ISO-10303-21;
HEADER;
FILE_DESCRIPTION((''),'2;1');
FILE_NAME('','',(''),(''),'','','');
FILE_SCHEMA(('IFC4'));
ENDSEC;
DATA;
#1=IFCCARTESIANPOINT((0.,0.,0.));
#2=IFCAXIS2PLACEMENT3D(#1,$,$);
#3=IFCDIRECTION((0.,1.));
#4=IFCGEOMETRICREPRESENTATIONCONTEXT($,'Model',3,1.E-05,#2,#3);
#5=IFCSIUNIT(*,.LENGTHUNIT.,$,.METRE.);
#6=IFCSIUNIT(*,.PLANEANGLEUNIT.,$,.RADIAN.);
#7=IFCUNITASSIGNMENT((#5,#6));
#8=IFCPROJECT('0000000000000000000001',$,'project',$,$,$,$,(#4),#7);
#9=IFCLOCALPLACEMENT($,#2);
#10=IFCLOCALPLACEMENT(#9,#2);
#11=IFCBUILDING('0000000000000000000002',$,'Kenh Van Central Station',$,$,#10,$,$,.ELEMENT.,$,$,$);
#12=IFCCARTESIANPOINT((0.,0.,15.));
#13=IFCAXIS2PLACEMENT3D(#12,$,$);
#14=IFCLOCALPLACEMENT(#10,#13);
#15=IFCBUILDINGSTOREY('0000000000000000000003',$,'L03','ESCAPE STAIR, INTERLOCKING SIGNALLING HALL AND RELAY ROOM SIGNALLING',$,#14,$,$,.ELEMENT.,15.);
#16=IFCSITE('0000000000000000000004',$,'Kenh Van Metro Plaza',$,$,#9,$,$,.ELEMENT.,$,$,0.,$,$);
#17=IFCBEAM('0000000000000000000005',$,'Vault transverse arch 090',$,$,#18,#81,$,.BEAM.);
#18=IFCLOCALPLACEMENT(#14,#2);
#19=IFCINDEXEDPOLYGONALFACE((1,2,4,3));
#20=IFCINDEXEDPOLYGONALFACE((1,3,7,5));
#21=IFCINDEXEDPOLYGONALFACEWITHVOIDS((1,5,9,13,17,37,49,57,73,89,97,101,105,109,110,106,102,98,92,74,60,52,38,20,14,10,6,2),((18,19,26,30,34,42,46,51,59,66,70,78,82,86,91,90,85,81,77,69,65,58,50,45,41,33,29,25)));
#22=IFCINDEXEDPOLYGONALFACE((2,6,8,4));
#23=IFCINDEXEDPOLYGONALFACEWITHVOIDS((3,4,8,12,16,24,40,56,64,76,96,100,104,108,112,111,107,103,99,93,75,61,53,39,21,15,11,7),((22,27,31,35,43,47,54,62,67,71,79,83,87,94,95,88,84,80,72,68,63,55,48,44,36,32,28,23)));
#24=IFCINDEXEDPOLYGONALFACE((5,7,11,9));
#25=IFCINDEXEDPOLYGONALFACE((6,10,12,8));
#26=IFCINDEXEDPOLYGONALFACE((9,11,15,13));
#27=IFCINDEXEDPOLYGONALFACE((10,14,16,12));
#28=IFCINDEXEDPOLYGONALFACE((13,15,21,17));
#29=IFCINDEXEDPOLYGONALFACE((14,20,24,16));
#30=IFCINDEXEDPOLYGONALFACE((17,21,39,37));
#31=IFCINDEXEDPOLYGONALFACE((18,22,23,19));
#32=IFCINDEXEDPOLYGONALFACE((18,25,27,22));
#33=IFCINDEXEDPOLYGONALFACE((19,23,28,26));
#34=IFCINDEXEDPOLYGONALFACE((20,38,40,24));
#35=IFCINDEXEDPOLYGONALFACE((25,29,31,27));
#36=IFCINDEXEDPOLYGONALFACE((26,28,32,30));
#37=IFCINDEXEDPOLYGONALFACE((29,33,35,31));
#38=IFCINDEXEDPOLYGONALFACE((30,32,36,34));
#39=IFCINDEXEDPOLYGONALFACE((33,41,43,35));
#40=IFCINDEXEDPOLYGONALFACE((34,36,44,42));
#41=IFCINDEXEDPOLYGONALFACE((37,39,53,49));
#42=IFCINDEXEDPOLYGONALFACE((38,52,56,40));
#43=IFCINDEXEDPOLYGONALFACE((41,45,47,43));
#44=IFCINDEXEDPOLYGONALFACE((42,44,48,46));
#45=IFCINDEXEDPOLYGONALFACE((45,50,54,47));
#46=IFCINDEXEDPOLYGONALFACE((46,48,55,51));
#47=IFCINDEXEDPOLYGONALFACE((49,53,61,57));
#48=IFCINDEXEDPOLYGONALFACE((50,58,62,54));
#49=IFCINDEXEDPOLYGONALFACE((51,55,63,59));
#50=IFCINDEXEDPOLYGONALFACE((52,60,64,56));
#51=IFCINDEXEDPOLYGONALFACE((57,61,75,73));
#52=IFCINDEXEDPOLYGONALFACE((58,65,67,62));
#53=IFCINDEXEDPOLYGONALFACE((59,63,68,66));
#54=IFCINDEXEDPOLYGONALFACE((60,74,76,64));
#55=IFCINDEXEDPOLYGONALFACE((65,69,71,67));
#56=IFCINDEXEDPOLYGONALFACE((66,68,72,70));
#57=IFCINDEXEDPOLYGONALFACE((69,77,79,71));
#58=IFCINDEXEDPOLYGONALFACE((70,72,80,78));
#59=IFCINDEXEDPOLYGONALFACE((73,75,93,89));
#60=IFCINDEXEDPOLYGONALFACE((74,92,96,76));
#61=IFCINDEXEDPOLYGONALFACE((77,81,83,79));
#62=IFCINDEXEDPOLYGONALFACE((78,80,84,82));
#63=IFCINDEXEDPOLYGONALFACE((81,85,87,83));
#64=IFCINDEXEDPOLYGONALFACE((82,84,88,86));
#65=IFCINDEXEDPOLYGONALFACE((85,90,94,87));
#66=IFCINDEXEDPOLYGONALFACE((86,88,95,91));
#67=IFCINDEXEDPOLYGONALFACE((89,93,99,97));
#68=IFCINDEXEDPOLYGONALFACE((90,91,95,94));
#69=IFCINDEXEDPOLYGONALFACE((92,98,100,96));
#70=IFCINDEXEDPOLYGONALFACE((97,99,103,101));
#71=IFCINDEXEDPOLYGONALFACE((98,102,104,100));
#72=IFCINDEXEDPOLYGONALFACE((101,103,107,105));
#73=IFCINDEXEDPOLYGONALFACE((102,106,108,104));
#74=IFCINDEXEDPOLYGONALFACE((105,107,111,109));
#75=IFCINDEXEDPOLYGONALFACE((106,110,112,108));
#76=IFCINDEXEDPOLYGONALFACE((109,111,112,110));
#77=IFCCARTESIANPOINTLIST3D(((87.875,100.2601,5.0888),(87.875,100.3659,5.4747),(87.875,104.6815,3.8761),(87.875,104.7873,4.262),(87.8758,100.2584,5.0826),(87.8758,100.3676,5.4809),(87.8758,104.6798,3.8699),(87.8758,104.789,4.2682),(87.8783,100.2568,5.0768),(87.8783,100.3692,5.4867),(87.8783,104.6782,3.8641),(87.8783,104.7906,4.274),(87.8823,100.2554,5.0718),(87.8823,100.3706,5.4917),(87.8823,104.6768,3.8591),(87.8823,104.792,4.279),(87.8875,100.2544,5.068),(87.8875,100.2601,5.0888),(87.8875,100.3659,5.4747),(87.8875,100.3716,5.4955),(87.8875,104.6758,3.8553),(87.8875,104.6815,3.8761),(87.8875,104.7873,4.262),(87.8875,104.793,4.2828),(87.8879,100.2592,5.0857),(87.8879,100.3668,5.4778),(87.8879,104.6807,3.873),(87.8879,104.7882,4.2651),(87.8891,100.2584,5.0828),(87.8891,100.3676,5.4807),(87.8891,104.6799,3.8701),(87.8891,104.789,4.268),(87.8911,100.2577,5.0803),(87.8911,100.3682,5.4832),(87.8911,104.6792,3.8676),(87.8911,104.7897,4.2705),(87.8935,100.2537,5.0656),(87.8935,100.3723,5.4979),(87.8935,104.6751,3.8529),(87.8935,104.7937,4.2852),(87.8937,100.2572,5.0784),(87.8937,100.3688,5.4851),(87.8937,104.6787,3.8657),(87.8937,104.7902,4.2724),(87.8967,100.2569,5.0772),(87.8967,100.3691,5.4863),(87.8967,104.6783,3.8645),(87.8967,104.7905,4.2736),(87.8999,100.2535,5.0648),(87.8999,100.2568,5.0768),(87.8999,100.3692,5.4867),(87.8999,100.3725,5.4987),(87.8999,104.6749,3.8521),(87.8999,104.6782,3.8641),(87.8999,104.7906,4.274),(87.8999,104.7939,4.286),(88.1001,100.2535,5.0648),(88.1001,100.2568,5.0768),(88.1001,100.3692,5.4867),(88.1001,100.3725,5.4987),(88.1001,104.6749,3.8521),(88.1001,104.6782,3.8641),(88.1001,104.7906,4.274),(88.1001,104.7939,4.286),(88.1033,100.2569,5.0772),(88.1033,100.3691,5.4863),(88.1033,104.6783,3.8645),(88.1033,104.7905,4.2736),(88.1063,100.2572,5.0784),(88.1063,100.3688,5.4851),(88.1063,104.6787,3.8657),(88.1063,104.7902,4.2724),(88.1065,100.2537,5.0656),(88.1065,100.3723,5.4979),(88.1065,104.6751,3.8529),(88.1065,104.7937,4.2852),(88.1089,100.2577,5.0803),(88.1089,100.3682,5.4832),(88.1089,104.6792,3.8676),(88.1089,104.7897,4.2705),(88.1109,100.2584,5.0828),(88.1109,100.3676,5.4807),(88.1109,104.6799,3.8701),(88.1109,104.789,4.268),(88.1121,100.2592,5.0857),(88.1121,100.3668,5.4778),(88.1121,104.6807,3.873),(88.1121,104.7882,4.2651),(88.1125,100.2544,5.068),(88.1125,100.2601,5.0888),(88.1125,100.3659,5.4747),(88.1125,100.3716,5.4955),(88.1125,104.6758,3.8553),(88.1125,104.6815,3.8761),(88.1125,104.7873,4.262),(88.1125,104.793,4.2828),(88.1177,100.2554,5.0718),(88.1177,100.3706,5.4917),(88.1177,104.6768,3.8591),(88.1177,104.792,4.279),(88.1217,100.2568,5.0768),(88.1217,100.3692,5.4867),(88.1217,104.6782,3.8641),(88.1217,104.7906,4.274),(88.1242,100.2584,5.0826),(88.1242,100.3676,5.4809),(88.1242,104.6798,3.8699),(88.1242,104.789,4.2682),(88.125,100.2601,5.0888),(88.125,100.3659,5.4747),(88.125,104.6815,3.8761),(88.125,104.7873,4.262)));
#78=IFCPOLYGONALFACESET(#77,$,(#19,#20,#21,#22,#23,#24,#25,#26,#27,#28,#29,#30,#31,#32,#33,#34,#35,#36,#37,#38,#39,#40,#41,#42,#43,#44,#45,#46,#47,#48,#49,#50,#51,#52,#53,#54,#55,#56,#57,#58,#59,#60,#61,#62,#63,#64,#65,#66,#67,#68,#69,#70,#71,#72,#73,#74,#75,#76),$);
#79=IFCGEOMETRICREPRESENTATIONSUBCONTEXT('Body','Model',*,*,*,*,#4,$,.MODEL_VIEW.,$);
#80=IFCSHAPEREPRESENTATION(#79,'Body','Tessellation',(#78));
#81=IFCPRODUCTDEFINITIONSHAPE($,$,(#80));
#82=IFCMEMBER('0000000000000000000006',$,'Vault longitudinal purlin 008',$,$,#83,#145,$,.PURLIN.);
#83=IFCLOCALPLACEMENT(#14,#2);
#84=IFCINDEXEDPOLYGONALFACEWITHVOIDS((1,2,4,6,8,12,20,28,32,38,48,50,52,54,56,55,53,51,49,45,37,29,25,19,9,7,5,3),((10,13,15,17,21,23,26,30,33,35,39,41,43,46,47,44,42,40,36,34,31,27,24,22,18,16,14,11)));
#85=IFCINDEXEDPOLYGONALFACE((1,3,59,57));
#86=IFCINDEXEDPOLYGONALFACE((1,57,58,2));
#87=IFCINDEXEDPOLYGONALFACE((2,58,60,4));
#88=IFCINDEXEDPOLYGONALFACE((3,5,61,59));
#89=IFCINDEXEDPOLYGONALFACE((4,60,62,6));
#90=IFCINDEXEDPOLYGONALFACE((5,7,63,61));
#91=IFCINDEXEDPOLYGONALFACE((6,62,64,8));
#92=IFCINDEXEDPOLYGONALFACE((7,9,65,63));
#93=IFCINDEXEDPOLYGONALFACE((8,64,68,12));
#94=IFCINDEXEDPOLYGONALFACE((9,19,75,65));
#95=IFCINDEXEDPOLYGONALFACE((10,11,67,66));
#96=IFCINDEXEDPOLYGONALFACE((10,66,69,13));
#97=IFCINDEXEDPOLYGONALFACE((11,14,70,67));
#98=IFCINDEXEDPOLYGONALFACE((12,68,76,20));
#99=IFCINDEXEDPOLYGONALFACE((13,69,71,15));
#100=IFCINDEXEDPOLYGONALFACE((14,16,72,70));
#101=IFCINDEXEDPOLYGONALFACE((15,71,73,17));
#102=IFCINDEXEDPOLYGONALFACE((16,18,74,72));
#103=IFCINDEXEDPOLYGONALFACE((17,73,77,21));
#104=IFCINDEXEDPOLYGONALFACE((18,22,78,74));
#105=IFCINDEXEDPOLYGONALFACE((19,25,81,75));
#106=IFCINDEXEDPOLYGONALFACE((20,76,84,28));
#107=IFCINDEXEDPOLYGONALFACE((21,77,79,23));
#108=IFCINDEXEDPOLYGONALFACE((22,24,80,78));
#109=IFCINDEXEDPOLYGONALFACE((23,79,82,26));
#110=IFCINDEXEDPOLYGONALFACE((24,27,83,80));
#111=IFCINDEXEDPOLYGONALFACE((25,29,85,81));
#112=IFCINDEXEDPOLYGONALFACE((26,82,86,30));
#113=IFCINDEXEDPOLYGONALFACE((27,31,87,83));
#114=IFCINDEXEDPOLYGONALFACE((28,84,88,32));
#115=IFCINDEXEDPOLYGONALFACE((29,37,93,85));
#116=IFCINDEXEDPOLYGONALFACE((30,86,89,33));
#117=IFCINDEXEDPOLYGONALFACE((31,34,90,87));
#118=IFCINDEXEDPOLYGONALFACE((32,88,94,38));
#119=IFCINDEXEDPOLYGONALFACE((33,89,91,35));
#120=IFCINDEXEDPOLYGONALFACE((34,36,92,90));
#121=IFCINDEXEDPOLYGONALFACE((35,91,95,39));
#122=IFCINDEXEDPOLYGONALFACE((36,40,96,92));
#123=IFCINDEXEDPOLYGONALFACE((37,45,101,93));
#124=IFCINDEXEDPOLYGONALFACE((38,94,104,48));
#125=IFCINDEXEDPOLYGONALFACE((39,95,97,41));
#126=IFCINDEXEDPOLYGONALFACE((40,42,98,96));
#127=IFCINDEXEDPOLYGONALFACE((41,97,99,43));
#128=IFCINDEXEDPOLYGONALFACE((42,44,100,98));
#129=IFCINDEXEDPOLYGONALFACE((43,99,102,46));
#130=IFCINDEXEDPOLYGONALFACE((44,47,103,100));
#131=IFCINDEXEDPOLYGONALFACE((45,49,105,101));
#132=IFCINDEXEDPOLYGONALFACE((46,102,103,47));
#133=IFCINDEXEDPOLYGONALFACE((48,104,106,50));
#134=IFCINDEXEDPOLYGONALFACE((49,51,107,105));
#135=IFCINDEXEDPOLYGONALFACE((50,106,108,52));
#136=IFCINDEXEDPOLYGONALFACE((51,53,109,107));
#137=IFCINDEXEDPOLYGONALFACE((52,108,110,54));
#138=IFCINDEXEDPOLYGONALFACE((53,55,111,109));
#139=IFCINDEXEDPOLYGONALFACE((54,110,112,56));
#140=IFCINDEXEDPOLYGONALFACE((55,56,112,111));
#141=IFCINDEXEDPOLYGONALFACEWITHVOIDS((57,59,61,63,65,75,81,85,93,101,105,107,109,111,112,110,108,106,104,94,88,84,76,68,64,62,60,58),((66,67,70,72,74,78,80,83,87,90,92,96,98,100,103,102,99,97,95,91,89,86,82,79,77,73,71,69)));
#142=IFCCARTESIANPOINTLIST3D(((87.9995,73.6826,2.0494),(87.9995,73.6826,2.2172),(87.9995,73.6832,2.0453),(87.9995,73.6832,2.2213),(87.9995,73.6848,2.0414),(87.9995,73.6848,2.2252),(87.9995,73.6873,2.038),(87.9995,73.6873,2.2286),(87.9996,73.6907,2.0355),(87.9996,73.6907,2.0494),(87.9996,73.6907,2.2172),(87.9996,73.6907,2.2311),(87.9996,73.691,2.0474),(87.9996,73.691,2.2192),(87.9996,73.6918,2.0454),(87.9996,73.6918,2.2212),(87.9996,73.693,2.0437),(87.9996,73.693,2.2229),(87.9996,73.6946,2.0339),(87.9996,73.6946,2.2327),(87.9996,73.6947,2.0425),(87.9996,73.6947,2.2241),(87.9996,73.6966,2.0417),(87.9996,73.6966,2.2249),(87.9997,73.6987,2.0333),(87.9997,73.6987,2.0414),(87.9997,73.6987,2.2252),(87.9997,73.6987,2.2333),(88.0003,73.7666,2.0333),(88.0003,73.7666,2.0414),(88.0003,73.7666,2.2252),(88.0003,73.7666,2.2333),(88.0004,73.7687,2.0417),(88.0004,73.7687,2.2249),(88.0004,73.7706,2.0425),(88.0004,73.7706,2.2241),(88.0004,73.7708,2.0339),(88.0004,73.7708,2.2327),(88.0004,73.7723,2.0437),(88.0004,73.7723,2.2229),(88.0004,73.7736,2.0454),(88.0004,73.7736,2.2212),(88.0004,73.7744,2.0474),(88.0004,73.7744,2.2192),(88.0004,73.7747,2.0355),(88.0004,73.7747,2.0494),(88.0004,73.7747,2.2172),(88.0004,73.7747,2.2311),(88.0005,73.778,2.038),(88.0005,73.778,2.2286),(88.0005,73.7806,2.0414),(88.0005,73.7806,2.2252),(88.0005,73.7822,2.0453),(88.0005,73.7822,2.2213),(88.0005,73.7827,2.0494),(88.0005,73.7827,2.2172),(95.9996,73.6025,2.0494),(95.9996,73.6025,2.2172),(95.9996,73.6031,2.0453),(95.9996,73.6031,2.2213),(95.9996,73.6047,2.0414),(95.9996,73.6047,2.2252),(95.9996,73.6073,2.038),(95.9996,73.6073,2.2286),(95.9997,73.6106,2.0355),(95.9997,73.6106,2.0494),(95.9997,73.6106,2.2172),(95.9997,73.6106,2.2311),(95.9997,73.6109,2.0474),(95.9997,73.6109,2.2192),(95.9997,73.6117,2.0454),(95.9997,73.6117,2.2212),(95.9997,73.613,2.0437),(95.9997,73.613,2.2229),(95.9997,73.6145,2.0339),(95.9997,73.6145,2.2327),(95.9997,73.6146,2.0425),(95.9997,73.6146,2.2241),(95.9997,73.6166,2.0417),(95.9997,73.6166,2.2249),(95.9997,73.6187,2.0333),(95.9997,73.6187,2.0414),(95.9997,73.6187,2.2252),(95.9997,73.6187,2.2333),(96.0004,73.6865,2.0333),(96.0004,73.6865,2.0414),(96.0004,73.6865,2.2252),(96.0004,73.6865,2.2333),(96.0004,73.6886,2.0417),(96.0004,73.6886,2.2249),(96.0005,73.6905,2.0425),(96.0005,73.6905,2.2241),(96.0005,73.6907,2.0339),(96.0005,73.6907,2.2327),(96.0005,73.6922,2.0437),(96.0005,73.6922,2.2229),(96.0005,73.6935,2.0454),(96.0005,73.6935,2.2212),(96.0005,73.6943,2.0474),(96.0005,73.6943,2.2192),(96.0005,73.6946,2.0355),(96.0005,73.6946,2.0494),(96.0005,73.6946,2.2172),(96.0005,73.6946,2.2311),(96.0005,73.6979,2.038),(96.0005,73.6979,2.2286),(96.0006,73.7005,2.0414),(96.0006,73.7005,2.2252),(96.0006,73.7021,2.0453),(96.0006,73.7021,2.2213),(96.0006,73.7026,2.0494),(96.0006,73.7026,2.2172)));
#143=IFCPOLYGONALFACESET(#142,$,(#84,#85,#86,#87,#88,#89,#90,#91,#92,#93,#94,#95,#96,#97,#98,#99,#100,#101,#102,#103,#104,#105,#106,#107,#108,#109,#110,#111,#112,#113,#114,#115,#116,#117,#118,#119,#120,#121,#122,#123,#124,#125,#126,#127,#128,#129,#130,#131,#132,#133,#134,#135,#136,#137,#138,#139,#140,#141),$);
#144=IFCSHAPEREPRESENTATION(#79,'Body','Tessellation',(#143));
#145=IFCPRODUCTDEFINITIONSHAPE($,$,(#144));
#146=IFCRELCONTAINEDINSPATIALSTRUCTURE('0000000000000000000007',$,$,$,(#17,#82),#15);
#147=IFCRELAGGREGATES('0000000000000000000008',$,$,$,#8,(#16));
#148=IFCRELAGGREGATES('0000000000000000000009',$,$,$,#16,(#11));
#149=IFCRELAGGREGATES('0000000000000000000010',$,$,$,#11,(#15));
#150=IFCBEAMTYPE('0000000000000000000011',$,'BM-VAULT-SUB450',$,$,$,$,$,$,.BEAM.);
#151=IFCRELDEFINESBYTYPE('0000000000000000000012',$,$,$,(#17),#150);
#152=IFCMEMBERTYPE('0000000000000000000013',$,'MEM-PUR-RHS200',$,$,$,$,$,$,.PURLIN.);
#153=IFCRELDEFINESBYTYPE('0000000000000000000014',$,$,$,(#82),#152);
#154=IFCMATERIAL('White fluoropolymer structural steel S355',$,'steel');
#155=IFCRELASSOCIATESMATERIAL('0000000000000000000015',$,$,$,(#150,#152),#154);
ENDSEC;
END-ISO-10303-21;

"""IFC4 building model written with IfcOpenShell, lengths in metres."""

from ifc_helpers import new_model, si_unit, direction, frame, origin, origin_2d, place, context, subcontext, project, spatial, hollow_rectangle, extrude, material, material_profile, profile_set, type_object, element, save


model = new_model("IFC4")

# Units and contexts
model_context = context("Model", 3, precision=1e-05, world=origin(), true_north=direction((0.0, 1.0)))
body_context = subcontext(model_context, "Body", "Model", "MODEL_VIEW")
ifc_project = project(units=[si_unit("LENGTHUNIT", "METRE"), si_unit("PLANEANGLEUNIT", "RADIAN")], contexts=[model_context])

# Site, building, storey
site_placement = place(None, origin())
site = spatial("IfcSite", under=ifc_project, at=site_placement, Name="Kenh Van Metro Plaza", CompositionType="ELEMENT", RefElevation=0.0)
building_placement = place(site_placement, origin())
building = spatial("IfcBuilding", under=site, at=building_placement, Name="Kenh Van Central Station", CompositionType="ELEMENT")
storey_placement = place(building_placement, frame((0.0, 0.0, 15.0)))
storey = spatial("IfcBuildingStorey", under=building, at=storey_placement, Name="L03", Description="ESCAPE STAIR, INTERLOCKING SIGNALLING HALL AND RELAY ROOM SIGNALLING", CompositionType="ELEMENT", Elevation=15.0)

# Beam
ifc_material_1 = material(Name="White fluoropolymer structural steel S355", Category="steel")
ifc_material_profile_1 = material_profile(ifc_material_1, hollow_rectangle(XDim=0.25, YDim=0.45, WallThickness=0.0125, InnerFilletRadius=0.0125, OuterFilletRadius=0.0249, at=origin_2d()), Name="RHS 450x250x12.5")
ifc_profile_set_1 = profile_set([ifc_material_profile_1], Name="White fluoropolymer structural steel S355")
beam_type_1 = type_object("IfcBeamType", Name="BM-VAULT-SUB450", PredefinedType="BEAM", material=ifc_profile_set_1)
beam_1_placement = place(storey_placement, frame((88.0, 100.313, 5.2817), z_axis=(0.0, 0.964386, -0.2645), x_axis=(-1.0, 0.0, 0.0)))
element("IfcBeam", 1, at=beam_1_placement, inside=storey, type_object=beam_type_1, Name="Vault transverse arch 090", PredefinedType="BEAM", context=body_context, shape_type="SweptSolid", body=[
    extrude(hollow_rectangle(XDim=0.25, YDim=0.45, WallThickness=0.0125, InnerFilletRadius=0.0125, OuterFilletRadius=0.0249, at=origin_2d()), origin(), (0.0, 0.0, 1.0), 4.5847),
])

# Member
ifc_material_profile_2 = material_profile(ifc_material_1, hollow_rectangle(XDim=0.1001, YDim=0.2, WallThickness=0.0081, InnerFilletRadius=0.0081, OuterFilletRadius=0.0161, at=origin_2d()), Name="RHS 200x100x8")
ifc_profile_set_2 = profile_set([ifc_material_profile_2], Name="White fluoropolymer structural steel S355")
member_type_1 = type_object("IfcMemberType", Name="MEM-PUR-RHS200", PredefinedType="PURLIN", material=ifc_profile_set_2)
member_1_placement = place(storey_placement, frame((88.0, 73.7327, 2.1333), z_axis=(0.99995, -0.010009, 0.0), x_axis=(0.010009, 0.99995, 0.0)))
element("IfcMember", 2, at=member_1_placement, inside=storey, type_object=member_type_1, Name="Vault longitudinal purlin 008", PredefinedType="PURLIN", context=body_context, shape_type="SweptSolid", body=[
    extrude(hollow_rectangle(XDim=0.1001, YDim=0.2, WallThickness=0.0081, InnerFilletRadius=0.0081, OuterFilletRadius=0.0161, at=origin_2d()), origin(), (0.0, 0.0, 1.0), 8.0005),
])

save(model, "model.ifc")
